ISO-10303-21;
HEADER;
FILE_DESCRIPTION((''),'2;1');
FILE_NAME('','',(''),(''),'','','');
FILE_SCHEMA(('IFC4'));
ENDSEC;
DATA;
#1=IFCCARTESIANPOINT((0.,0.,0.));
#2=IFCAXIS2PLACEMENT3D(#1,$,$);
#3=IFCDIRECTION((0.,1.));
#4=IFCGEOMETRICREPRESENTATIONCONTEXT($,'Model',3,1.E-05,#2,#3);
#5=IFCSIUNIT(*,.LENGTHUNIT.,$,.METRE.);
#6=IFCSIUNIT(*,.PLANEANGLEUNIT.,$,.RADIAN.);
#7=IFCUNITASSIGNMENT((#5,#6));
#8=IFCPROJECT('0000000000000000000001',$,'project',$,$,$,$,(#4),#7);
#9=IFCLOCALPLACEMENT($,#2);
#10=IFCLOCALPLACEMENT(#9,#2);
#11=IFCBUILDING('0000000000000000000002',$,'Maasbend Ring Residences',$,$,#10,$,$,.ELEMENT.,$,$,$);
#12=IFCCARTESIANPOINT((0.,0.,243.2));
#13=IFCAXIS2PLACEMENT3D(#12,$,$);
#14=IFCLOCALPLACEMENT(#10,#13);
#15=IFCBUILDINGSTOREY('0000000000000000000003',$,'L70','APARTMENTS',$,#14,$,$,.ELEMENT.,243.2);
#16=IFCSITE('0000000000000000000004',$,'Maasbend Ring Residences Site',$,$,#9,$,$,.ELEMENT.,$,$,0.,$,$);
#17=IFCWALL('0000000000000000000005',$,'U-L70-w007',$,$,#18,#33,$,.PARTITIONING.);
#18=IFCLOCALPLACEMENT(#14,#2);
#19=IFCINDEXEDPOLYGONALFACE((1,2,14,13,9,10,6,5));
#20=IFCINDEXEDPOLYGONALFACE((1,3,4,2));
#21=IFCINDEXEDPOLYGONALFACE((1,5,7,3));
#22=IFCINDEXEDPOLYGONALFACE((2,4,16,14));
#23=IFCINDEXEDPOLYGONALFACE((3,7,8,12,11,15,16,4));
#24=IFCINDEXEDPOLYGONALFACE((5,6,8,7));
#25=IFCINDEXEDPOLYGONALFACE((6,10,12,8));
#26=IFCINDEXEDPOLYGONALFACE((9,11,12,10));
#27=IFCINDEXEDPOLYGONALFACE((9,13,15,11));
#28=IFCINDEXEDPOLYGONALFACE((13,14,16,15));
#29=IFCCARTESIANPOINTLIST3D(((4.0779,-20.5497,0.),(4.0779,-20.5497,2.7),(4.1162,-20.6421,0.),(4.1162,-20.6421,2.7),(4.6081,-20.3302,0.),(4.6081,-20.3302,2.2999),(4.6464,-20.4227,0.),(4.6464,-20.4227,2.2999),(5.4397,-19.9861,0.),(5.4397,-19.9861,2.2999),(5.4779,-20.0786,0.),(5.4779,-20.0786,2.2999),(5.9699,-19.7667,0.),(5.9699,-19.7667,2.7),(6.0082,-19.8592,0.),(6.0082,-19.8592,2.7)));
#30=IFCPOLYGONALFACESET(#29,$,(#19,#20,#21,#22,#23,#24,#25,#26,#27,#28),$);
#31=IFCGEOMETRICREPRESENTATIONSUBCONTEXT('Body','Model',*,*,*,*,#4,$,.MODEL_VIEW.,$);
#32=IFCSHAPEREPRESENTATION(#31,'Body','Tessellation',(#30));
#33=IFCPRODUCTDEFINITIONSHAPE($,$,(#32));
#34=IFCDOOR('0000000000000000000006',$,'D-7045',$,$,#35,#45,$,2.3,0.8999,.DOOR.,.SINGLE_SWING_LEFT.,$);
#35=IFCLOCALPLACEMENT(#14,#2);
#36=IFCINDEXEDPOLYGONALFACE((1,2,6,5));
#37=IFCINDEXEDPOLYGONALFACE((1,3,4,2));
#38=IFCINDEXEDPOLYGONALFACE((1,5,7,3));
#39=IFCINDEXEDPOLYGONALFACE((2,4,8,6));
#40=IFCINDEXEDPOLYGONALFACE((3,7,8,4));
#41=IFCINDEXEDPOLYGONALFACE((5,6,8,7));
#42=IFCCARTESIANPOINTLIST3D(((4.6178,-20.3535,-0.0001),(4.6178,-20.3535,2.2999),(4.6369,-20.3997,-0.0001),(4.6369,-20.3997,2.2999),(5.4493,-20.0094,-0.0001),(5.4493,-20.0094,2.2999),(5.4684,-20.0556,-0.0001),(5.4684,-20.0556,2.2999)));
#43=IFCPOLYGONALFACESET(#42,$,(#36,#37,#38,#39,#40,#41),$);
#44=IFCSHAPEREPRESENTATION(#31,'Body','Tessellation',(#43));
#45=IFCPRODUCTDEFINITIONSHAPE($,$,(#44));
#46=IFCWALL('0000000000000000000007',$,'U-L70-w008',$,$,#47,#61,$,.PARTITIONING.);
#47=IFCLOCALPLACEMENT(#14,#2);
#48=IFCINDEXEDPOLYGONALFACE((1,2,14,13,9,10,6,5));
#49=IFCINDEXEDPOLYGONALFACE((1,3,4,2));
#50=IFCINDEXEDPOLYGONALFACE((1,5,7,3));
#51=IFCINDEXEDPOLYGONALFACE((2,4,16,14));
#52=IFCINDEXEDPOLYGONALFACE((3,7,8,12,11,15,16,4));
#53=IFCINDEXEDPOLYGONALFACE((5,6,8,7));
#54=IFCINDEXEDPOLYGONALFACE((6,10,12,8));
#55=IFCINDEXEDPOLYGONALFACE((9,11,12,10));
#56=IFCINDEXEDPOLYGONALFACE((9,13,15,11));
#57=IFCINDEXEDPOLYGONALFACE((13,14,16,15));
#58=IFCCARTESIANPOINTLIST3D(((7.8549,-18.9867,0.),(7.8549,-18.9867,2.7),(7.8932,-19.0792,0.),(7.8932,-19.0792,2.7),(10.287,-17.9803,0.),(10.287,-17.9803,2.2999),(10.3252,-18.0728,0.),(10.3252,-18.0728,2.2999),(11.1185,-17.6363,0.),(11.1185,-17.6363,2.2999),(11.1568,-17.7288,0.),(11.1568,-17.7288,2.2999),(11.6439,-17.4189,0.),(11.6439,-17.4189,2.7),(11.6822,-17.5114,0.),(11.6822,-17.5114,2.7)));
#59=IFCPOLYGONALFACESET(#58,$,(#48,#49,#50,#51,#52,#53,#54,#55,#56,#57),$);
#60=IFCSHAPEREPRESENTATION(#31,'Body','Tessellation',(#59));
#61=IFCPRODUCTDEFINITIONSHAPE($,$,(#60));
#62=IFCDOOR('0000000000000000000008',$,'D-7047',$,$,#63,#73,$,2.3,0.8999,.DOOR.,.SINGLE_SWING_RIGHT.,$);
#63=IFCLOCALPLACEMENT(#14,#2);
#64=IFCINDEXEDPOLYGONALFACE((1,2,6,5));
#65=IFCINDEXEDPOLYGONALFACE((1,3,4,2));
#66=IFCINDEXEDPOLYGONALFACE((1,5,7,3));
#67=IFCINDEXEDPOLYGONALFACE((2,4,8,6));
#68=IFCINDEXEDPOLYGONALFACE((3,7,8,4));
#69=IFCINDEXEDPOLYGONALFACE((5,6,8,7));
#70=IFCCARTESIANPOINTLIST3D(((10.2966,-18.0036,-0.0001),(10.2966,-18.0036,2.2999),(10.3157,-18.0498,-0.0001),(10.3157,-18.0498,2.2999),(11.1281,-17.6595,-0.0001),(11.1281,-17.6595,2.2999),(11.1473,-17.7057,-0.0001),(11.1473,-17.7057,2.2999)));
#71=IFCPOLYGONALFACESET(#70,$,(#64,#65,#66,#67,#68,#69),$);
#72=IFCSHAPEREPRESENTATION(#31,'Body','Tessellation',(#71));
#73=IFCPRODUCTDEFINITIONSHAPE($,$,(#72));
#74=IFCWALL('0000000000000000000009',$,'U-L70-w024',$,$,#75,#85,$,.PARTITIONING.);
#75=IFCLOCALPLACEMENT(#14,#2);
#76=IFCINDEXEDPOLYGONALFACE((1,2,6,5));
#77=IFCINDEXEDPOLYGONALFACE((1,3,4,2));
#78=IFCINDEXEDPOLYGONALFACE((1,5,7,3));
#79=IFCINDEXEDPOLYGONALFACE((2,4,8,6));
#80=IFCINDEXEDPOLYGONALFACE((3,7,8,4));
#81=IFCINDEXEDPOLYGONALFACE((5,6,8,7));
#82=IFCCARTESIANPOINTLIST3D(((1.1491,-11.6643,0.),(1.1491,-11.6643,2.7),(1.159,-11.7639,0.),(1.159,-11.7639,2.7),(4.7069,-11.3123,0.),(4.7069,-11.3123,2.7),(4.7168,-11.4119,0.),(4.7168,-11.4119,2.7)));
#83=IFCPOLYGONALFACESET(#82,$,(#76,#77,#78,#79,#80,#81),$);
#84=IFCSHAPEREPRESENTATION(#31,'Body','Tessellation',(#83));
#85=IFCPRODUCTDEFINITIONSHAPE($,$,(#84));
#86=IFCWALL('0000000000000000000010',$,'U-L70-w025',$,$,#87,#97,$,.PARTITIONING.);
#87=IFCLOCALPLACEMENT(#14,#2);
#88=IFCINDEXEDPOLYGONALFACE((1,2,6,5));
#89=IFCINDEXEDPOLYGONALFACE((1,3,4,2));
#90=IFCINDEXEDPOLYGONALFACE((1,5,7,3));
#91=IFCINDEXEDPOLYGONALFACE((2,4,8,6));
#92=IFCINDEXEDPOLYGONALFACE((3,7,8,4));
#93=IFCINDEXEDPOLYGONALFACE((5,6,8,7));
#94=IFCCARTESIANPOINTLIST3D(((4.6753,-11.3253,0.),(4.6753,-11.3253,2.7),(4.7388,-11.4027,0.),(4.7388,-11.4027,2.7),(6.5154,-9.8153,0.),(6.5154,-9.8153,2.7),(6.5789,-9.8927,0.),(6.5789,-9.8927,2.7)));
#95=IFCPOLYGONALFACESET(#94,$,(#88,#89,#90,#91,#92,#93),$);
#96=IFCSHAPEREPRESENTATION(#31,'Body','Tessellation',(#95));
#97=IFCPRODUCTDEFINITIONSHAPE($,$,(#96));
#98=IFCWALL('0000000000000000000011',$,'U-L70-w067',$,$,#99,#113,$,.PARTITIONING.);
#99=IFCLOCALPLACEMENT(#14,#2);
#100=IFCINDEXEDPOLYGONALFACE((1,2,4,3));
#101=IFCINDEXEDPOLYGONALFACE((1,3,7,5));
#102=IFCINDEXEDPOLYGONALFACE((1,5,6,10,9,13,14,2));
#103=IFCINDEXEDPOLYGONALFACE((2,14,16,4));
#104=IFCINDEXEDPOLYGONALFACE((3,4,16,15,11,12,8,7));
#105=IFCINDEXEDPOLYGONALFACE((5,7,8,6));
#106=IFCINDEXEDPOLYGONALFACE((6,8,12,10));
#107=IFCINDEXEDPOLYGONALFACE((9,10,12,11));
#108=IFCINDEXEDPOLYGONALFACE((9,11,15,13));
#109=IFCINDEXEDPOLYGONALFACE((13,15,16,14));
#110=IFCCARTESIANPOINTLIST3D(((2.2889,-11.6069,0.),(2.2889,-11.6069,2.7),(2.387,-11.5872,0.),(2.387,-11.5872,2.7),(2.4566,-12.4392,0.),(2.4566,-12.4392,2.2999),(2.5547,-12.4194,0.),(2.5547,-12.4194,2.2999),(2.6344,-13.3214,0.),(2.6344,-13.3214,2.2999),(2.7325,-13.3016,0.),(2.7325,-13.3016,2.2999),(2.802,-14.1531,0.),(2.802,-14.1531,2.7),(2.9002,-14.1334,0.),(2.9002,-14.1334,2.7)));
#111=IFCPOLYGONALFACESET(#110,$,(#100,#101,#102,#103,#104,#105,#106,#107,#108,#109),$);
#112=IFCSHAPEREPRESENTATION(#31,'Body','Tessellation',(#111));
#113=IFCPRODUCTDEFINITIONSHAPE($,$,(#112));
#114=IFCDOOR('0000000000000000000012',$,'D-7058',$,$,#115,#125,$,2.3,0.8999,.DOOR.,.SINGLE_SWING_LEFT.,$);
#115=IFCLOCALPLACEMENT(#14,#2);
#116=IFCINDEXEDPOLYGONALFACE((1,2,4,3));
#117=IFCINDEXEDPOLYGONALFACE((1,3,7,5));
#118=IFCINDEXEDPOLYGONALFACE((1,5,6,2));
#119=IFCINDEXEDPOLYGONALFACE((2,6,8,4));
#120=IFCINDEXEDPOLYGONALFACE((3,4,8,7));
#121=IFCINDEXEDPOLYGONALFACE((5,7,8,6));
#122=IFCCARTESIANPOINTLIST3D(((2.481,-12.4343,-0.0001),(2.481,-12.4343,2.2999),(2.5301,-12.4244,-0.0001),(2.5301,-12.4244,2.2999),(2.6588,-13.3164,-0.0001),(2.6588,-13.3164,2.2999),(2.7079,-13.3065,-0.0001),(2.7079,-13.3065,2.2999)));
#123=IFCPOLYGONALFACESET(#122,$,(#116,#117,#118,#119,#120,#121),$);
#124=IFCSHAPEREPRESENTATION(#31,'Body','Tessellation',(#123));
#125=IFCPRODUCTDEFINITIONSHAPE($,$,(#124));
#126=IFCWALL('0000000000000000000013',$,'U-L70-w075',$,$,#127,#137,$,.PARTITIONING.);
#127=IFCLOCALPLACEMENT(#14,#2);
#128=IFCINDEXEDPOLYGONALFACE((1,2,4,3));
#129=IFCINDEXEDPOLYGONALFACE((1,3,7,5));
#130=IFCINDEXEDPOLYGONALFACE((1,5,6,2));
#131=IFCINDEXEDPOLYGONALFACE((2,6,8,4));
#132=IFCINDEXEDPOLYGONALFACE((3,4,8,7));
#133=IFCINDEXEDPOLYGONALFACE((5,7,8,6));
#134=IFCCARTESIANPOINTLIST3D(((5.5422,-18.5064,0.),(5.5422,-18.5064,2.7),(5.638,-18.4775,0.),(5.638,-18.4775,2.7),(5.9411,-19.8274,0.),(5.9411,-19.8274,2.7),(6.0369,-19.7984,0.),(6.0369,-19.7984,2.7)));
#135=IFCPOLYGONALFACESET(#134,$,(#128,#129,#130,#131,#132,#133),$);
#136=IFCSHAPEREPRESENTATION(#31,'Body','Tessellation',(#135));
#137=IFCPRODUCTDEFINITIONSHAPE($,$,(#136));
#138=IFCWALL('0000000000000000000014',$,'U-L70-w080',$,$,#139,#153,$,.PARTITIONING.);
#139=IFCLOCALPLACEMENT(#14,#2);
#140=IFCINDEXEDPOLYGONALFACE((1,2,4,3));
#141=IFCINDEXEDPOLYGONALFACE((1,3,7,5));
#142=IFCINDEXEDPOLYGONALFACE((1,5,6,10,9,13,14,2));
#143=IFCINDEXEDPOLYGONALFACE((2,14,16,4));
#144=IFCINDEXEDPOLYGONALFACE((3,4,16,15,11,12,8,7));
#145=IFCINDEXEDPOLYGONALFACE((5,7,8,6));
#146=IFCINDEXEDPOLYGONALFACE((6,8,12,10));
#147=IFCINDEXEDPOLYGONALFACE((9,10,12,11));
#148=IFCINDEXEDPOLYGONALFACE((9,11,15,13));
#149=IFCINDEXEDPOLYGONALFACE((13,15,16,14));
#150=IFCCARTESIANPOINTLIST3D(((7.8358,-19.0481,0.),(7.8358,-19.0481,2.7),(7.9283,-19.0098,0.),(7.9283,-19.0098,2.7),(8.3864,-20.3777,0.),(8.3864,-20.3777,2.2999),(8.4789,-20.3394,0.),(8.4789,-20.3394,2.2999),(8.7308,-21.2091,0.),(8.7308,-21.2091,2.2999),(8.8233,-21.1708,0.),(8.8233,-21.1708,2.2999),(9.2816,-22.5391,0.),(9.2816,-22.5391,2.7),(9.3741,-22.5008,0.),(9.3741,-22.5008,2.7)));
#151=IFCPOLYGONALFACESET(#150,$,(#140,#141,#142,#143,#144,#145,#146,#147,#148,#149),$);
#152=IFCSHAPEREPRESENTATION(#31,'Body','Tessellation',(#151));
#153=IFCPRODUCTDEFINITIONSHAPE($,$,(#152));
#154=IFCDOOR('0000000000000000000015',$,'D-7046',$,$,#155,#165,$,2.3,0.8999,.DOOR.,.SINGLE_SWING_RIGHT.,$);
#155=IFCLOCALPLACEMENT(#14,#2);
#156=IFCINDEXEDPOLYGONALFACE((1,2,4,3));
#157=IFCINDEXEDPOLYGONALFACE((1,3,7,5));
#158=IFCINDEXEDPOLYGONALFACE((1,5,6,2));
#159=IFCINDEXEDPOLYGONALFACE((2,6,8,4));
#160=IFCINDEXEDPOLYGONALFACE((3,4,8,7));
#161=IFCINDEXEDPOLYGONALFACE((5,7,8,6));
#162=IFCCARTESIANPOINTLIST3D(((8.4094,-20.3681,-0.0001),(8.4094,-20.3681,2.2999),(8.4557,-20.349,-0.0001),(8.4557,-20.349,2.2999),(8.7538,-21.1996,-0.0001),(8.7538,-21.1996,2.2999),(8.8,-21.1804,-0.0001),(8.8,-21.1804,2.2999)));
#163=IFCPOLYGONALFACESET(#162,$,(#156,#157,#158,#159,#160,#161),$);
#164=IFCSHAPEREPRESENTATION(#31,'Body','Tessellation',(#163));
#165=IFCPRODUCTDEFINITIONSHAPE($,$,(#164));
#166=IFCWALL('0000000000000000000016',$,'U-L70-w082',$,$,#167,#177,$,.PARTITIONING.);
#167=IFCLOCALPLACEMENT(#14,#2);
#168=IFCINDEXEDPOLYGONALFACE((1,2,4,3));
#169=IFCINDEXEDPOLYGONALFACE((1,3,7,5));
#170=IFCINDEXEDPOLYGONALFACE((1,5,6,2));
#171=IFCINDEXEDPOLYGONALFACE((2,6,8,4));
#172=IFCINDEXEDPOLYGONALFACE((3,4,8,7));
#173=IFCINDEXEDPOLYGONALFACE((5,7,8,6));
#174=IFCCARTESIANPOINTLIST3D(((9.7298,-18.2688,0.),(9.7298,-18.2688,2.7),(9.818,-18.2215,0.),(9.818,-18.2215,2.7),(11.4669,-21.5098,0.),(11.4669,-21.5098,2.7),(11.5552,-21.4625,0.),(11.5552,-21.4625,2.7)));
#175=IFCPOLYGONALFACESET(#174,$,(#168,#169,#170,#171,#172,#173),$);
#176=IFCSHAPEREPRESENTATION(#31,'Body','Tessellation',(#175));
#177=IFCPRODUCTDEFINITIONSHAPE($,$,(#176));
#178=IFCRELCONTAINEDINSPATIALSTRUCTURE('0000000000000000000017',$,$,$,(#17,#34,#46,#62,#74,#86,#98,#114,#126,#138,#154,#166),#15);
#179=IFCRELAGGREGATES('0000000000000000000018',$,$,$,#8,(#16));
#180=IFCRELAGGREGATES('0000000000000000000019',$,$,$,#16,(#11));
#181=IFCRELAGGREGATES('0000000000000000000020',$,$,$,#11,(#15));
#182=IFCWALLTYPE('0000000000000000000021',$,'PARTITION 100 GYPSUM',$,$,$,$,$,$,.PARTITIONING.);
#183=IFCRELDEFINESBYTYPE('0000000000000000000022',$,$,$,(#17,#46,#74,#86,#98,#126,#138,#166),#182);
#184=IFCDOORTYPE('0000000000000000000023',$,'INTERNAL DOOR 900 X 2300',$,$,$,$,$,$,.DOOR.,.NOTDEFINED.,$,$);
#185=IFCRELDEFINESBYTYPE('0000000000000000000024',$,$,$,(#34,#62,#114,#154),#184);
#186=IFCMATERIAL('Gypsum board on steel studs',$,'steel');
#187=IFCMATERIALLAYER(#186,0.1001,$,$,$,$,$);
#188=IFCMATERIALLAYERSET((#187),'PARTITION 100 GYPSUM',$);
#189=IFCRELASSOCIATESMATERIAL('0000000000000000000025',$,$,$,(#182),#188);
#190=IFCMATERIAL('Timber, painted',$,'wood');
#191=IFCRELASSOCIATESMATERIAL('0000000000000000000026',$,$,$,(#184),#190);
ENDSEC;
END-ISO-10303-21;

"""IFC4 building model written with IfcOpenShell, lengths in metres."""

from ifc_helpers import new_model, si_unit, direction, frame, frame_2d, origin, place, context, subcontext, project, spatial, rectangle, extrude, material, layer, layer_set, type_object, element, fill, save


model = new_model("IFC4")

# Units and contexts
model_context = context("Model", 3, precision=1e-05, world=origin(), true_north=direction((0.0, 1.0)))
body_context = subcontext(model_context, "Body", "Model", "MODEL_VIEW")
ifc_project = project(units=[si_unit("LENGTHUNIT", "METRE"), si_unit("PLANEANGLEUNIT", "RADIAN")], contexts=[model_context])

# Site, building, storey
site_placement = place(None, origin())
site = spatial("IfcSite", under=ifc_project, at=site_placement, Name="Maasbend Ring Residences Site", CompositionType="ELEMENT", RefElevation=0.0)
building_placement = place(site_placement, origin())
building = spatial("IfcBuilding", under=site, at=building_placement, Name="Maasbend Ring Residences", CompositionType="ELEMENT")
storey_placement = place(building_placement, frame((0.0, 0.0, 243.2)))
storey = spatial("IfcBuildingStorey", under=building, at=storey_placement, Name="L70", Description="APARTMENTS", CompositionType="ELEMENT", Elevation=243.2)

# Walls, openings, doors
ifc_material_1 = material(Name="Gypsum board on steel studs", Category="steel")
ifc_layer_1 = layer(ifc_material_1, 0.1001)
ifc_layer_set_1 = layer_set([ifc_layer_1], Name="PARTITION 100 GYPSUM")
wall_type_1 = type_object("IfcWallType", Name="PARTITION 100 GYPSUM", PredefinedType="PARTITIONING", material=ifc_layer_set_1)
wall_1_placement = place(storey_placement, frame((4.0969, -20.5959, 0.0), z_axis=(0.0, 0.0, 1.0), x_axis=(0.924012, 0.382362, 0.0)))
wall_1 = element("IfcWall", 1, at=wall_1_placement, inside=storey, type_object=wall_type_1, Name="U-L70-w007", PredefinedType="PARTITIONING", context=body_context, shape_type="SweptSolid", body=[
    extrude(rectangle(XDim=2.0476, YDim=0.1001, at=frame_2d((1.0239, 0.0))), origin(), (0.0, 0.0, 1.0), 2.7),
])
opening_1_placement = place(wall_1_placement, frame((0.574, 0.0, 0.0)))
opening_1 = element("IfcOpeningElement", 2, at=opening_1_placement, cuts=wall_1, PredefinedType="OPENING", context=body_context, shape_type="SweptSolid", body=[
    extrude(rectangle(XDim=0.8999, YDim=2.3, at=frame_2d((0.45, 1.1499))), frame((0.0, 0.0601, 0.0), z_axis=(0.0, -1.0, 0.0), x_axis=(1.0, 0.0, 0.0)), (0.0, 0.0, 1.0), 0.1201),
])
ifc_material_2 = material(Name="Timber, painted", Category="wood")
door_type_1 = type_object("IfcDoorType", Name="INTERNAL DOOR 900 X 2300", OperationType="NOTDEFINED", PredefinedType="DOOR", material=ifc_material_2)
door_1_placement = place(opening_1_placement, origin())
door_1 = element("IfcDoor", 3, at=door_1_placement, inside=storey, type_object=door_type_1, Name="D-7045", OperationType="SINGLE_SWING_LEFT", OverallHeight=2.3, OverallWidth=0.8999, PredefinedType="DOOR", context=body_context, shape_type="SweptSolid", body=[
    extrude(rectangle(XDim=0.8999, YDim=2.3, at=frame_2d((0.45, 1.1499))), frame((0.0, 0.0249, 0.0), z_axis=(0.0, -1.0, 0.0), x_axis=(1.0, 0.0, 0.0)), (0.0, 0.0, 1.0), 0.05),
])
fill(opening_1, door_1)
wall_2_placement = place(storey_placement, frame((7.874, -19.033, 0.0), z_axis=(0.0, 0.0, 1.0), x_axis=(0.924018, 0.382348, 0.0)))
wall_2 = element("IfcWall", 4, at=wall_2_placement, inside=storey, type_object=wall_type_1, Name="U-L70-w008", PredefinedType="PARTITIONING", context=body_context, shape_type="SweptSolid", body=[
    extrude(rectangle(XDim=4.1006, YDim=0.1001, at=frame_2d((2.0503, 0.0))), origin(), (0.0, 0.0, 1.0), 2.7),
])
opening_2_placement = place(wall_2_placement, frame((2.6321, 0.0, 0.0)))
opening_2 = element("IfcOpeningElement", 5, at=opening_2_placement, cuts=wall_2, PredefinedType="OPENING", context=body_context, shape_type="SweptSolid", body=[
    extrude(rectangle(XDim=0.8999, YDim=2.3, at=frame_2d((0.45, 1.1499))), frame((0.0, 0.0601, 0.0), z_axis=(0.0, -1.0, 0.0), x_axis=(1.0, 0.0, 0.0)), (0.0, 0.0, 1.0), 0.1201),
])
door_2_placement = place(opening_2_placement, origin())
door_2 = element("IfcDoor", 6, at=door_2_placement, inside=storey, type_object=door_type_1, Name="D-7047", OperationType="SINGLE_SWING_RIGHT", OverallHeight=2.3, OverallWidth=0.8999, PredefinedType="DOOR", context=body_context, shape_type="SweptSolid", body=[
    extrude(rectangle(XDim=0.8999, YDim=2.3, at=frame_2d((0.45, 1.1499))), frame((0.0, 0.0249, 0.0), z_axis=(0.0, -1.0, 0.0), x_axis=(1.0, 0.0, 0.0)), (0.0, 0.0, 1.0), 0.05),
])
fill(opening_2, door_2)

# Walls
wall_3_placement = place(storey_placement, frame((1.1541, -11.7141, 0.0), z_axis=(0.0, 0.0, 1.0), x_axis=(0.99514, 0.098469, 0.0)))
element("IfcWall", 7, at=wall_3_placement, inside=storey, type_object=wall_type_1, Name="U-L70-w024", PredefinedType="PARTITIONING", context=body_context, shape_type="SweptSolid", body=[
    extrude(rectangle(XDim=3.5752, YDim=0.1001, at=frame_2d((1.7876, 0.0))), origin(), (0.0, 0.0, 1.0), 2.7),
])
wall_4_placement = place(storey_placement, frame((4.707, -11.364, 0.0), z_axis=(0.0, 0.0, 1.0), x_axis=(0.773033, 0.634365, 0.0)))
element("IfcWall", 8, at=wall_4_placement, inside=storey, type_object=wall_type_1, Name="U-L70-w025", PredefinedType="PARTITIONING", context=body_context, shape_type="SweptSolid", body=[
    extrude(rectangle(XDim=2.3804, YDim=0.1001, at=frame_2d((1.1902, 0.0))), origin(), (0.0, 0.0, 1.0), 2.7),
])

# Wall, opening, door
wall_5_placement = place(storey_placement, frame((2.3379, -11.5969, 0.0), z_axis=(0.0, 0.0, 1.0), x_axis=(0.19758, -0.980287, 0.0)))
wall_5 = element("IfcWall", 9, at=wall_5_placement, inside=storey, type_object=wall_type_1, Name="U-L70-w067", PredefinedType="PARTITIONING", context=body_context, shape_type="SweptSolid", body=[
    extrude(rectangle(XDim=2.5974, YDim=0.1001, at=frame_2d((1.2988, 0.0))), origin(), (0.0, 0.0, 1.0), 2.7),
])
opening_3_placement = place(wall_5_placement, frame((0.8491, 0.0, 0.0)))
opening_3 = element("IfcOpeningElement", 10, at=opening_3_placement, cuts=wall_5, PredefinedType="OPENING", context=body_context, shape_type="SweptSolid", body=[
    extrude(rectangle(XDim=0.8999, YDim=2.3, at=frame_2d((0.45, 1.1499))), frame((0.0, 0.0601, 0.0), z_axis=(0.0, -1.0, 0.0), x_axis=(1.0, 0.0, 0.0)), (0.0, 0.0, 1.0), 0.1201),
])
door_3_placement = place(opening_3_placement, origin())
door_3 = element("IfcDoor", 11, at=door_3_placement, inside=storey, type_object=door_type_1, Name="D-7058", OperationType="SINGLE_SWING_LEFT", OverallHeight=2.3, OverallWidth=0.8999, PredefinedType="DOOR", context=body_context, shape_type="SweptSolid", body=[
    extrude(rectangle(XDim=0.8999, YDim=2.3, at=frame_2d((0.45, 1.1499))), frame((0.0, 0.0249, 0.0), z_axis=(0.0, -1.0, 0.0), x_axis=(1.0, 0.0, 0.0)), (0.0, 0.0, 1.0), 0.05),
])
fill(opening_3, door_3)

# Wall
wall_6_placement = place(storey_placement, frame((5.5901, -18.4919, 0.0), z_axis=(0.0, 0.0, 1.0), x_axis=(0.289084, -0.957304, 0.0)))
element("IfcWall", 12, at=wall_6_placement, inside=storey, type_object=wall_type_1, Name="U-L70-w075", PredefinedType="PARTITIONING", context=body_context, shape_type="SweptSolid", body=[
    extrude(rectangle(XDim=1.3799, YDim=0.1001, at=frame_2d((0.6899, 0.0))), origin(), (0.0, 0.0, 1.0), 2.7),
])

# Wall, opening, door
wall_7_placement = place(storey_placement, frame((7.8821, -19.0291, 0.0), z_axis=(0.0, 0.0, 1.0), x_axis=(0.382637, -0.923899, 0.0)))
wall_7 = element("IfcWall", 13, at=wall_7_placement, inside=storey, type_object=wall_type_1, Name="U-L70-w080", PredefinedType="PARTITIONING", context=body_context, shape_type="SweptSolid", body=[
    extrude(rectangle(XDim=3.7786, YDim=0.1001, at=frame_2d((1.8892, 0.0))), origin(), (0.0, 0.0, 1.0), 2.7),
])
opening_4_placement = place(wall_7_placement, frame((1.439, 0.0, 0.0)))
opening_4 = element("IfcOpeningElement", 14, at=opening_4_placement, cuts=wall_7, PredefinedType="OPENING", context=body_context, shape_type="SweptSolid", body=[
    extrude(rectangle(XDim=0.8999, YDim=2.3, at=frame_2d((0.45, 1.1499))), frame((0.0, 0.0601, 0.0), z_axis=(0.0, -1.0, 0.0), x_axis=(1.0, 0.0, 0.0)), (0.0, 0.0, 1.0), 0.1201),
])
door_4_placement = place(opening_4_placement, origin())
door_4 = element("IfcDoor", 15, at=door_4_placement, inside=storey, type_object=door_type_1, Name="D-7046", OperationType="SINGLE_SWING_RIGHT", OverallHeight=2.3, OverallWidth=0.8999, PredefinedType="DOOR", context=body_context, shape_type="SweptSolid", body=[
    extrude(rectangle(XDim=0.8999, YDim=2.3, at=frame_2d((0.45, 1.1499))), frame((0.0, 0.0249, 0.0), z_axis=(0.0, -1.0, 0.0), x_axis=(1.0, 0.0, 0.0)), (0.0, 0.0, 1.0), 0.05),
])
fill(opening_4, door_4)

# Wall
wall_8_placement = place(storey_placement, frame((9.7739, -18.2451, 0.0), z_axis=(0.0, 0.0, 1.0), x_axis=(0.472396, -0.881386, 0.0)))
element("IfcWall", 16, at=wall_8_placement, inside=storey, type_object=wall_type_1, Name="U-L70-w082", PredefinedType="PARTITIONING", context=body_context, shape_type="SweptSolid", body=[
    extrude(rectangle(XDim=3.6772, YDim=0.1001, at=frame_2d((1.8386, 0.0))), origin(), (0.0, 0.0, 1.0), 2.7),
])

save(model, "model.ifc")
